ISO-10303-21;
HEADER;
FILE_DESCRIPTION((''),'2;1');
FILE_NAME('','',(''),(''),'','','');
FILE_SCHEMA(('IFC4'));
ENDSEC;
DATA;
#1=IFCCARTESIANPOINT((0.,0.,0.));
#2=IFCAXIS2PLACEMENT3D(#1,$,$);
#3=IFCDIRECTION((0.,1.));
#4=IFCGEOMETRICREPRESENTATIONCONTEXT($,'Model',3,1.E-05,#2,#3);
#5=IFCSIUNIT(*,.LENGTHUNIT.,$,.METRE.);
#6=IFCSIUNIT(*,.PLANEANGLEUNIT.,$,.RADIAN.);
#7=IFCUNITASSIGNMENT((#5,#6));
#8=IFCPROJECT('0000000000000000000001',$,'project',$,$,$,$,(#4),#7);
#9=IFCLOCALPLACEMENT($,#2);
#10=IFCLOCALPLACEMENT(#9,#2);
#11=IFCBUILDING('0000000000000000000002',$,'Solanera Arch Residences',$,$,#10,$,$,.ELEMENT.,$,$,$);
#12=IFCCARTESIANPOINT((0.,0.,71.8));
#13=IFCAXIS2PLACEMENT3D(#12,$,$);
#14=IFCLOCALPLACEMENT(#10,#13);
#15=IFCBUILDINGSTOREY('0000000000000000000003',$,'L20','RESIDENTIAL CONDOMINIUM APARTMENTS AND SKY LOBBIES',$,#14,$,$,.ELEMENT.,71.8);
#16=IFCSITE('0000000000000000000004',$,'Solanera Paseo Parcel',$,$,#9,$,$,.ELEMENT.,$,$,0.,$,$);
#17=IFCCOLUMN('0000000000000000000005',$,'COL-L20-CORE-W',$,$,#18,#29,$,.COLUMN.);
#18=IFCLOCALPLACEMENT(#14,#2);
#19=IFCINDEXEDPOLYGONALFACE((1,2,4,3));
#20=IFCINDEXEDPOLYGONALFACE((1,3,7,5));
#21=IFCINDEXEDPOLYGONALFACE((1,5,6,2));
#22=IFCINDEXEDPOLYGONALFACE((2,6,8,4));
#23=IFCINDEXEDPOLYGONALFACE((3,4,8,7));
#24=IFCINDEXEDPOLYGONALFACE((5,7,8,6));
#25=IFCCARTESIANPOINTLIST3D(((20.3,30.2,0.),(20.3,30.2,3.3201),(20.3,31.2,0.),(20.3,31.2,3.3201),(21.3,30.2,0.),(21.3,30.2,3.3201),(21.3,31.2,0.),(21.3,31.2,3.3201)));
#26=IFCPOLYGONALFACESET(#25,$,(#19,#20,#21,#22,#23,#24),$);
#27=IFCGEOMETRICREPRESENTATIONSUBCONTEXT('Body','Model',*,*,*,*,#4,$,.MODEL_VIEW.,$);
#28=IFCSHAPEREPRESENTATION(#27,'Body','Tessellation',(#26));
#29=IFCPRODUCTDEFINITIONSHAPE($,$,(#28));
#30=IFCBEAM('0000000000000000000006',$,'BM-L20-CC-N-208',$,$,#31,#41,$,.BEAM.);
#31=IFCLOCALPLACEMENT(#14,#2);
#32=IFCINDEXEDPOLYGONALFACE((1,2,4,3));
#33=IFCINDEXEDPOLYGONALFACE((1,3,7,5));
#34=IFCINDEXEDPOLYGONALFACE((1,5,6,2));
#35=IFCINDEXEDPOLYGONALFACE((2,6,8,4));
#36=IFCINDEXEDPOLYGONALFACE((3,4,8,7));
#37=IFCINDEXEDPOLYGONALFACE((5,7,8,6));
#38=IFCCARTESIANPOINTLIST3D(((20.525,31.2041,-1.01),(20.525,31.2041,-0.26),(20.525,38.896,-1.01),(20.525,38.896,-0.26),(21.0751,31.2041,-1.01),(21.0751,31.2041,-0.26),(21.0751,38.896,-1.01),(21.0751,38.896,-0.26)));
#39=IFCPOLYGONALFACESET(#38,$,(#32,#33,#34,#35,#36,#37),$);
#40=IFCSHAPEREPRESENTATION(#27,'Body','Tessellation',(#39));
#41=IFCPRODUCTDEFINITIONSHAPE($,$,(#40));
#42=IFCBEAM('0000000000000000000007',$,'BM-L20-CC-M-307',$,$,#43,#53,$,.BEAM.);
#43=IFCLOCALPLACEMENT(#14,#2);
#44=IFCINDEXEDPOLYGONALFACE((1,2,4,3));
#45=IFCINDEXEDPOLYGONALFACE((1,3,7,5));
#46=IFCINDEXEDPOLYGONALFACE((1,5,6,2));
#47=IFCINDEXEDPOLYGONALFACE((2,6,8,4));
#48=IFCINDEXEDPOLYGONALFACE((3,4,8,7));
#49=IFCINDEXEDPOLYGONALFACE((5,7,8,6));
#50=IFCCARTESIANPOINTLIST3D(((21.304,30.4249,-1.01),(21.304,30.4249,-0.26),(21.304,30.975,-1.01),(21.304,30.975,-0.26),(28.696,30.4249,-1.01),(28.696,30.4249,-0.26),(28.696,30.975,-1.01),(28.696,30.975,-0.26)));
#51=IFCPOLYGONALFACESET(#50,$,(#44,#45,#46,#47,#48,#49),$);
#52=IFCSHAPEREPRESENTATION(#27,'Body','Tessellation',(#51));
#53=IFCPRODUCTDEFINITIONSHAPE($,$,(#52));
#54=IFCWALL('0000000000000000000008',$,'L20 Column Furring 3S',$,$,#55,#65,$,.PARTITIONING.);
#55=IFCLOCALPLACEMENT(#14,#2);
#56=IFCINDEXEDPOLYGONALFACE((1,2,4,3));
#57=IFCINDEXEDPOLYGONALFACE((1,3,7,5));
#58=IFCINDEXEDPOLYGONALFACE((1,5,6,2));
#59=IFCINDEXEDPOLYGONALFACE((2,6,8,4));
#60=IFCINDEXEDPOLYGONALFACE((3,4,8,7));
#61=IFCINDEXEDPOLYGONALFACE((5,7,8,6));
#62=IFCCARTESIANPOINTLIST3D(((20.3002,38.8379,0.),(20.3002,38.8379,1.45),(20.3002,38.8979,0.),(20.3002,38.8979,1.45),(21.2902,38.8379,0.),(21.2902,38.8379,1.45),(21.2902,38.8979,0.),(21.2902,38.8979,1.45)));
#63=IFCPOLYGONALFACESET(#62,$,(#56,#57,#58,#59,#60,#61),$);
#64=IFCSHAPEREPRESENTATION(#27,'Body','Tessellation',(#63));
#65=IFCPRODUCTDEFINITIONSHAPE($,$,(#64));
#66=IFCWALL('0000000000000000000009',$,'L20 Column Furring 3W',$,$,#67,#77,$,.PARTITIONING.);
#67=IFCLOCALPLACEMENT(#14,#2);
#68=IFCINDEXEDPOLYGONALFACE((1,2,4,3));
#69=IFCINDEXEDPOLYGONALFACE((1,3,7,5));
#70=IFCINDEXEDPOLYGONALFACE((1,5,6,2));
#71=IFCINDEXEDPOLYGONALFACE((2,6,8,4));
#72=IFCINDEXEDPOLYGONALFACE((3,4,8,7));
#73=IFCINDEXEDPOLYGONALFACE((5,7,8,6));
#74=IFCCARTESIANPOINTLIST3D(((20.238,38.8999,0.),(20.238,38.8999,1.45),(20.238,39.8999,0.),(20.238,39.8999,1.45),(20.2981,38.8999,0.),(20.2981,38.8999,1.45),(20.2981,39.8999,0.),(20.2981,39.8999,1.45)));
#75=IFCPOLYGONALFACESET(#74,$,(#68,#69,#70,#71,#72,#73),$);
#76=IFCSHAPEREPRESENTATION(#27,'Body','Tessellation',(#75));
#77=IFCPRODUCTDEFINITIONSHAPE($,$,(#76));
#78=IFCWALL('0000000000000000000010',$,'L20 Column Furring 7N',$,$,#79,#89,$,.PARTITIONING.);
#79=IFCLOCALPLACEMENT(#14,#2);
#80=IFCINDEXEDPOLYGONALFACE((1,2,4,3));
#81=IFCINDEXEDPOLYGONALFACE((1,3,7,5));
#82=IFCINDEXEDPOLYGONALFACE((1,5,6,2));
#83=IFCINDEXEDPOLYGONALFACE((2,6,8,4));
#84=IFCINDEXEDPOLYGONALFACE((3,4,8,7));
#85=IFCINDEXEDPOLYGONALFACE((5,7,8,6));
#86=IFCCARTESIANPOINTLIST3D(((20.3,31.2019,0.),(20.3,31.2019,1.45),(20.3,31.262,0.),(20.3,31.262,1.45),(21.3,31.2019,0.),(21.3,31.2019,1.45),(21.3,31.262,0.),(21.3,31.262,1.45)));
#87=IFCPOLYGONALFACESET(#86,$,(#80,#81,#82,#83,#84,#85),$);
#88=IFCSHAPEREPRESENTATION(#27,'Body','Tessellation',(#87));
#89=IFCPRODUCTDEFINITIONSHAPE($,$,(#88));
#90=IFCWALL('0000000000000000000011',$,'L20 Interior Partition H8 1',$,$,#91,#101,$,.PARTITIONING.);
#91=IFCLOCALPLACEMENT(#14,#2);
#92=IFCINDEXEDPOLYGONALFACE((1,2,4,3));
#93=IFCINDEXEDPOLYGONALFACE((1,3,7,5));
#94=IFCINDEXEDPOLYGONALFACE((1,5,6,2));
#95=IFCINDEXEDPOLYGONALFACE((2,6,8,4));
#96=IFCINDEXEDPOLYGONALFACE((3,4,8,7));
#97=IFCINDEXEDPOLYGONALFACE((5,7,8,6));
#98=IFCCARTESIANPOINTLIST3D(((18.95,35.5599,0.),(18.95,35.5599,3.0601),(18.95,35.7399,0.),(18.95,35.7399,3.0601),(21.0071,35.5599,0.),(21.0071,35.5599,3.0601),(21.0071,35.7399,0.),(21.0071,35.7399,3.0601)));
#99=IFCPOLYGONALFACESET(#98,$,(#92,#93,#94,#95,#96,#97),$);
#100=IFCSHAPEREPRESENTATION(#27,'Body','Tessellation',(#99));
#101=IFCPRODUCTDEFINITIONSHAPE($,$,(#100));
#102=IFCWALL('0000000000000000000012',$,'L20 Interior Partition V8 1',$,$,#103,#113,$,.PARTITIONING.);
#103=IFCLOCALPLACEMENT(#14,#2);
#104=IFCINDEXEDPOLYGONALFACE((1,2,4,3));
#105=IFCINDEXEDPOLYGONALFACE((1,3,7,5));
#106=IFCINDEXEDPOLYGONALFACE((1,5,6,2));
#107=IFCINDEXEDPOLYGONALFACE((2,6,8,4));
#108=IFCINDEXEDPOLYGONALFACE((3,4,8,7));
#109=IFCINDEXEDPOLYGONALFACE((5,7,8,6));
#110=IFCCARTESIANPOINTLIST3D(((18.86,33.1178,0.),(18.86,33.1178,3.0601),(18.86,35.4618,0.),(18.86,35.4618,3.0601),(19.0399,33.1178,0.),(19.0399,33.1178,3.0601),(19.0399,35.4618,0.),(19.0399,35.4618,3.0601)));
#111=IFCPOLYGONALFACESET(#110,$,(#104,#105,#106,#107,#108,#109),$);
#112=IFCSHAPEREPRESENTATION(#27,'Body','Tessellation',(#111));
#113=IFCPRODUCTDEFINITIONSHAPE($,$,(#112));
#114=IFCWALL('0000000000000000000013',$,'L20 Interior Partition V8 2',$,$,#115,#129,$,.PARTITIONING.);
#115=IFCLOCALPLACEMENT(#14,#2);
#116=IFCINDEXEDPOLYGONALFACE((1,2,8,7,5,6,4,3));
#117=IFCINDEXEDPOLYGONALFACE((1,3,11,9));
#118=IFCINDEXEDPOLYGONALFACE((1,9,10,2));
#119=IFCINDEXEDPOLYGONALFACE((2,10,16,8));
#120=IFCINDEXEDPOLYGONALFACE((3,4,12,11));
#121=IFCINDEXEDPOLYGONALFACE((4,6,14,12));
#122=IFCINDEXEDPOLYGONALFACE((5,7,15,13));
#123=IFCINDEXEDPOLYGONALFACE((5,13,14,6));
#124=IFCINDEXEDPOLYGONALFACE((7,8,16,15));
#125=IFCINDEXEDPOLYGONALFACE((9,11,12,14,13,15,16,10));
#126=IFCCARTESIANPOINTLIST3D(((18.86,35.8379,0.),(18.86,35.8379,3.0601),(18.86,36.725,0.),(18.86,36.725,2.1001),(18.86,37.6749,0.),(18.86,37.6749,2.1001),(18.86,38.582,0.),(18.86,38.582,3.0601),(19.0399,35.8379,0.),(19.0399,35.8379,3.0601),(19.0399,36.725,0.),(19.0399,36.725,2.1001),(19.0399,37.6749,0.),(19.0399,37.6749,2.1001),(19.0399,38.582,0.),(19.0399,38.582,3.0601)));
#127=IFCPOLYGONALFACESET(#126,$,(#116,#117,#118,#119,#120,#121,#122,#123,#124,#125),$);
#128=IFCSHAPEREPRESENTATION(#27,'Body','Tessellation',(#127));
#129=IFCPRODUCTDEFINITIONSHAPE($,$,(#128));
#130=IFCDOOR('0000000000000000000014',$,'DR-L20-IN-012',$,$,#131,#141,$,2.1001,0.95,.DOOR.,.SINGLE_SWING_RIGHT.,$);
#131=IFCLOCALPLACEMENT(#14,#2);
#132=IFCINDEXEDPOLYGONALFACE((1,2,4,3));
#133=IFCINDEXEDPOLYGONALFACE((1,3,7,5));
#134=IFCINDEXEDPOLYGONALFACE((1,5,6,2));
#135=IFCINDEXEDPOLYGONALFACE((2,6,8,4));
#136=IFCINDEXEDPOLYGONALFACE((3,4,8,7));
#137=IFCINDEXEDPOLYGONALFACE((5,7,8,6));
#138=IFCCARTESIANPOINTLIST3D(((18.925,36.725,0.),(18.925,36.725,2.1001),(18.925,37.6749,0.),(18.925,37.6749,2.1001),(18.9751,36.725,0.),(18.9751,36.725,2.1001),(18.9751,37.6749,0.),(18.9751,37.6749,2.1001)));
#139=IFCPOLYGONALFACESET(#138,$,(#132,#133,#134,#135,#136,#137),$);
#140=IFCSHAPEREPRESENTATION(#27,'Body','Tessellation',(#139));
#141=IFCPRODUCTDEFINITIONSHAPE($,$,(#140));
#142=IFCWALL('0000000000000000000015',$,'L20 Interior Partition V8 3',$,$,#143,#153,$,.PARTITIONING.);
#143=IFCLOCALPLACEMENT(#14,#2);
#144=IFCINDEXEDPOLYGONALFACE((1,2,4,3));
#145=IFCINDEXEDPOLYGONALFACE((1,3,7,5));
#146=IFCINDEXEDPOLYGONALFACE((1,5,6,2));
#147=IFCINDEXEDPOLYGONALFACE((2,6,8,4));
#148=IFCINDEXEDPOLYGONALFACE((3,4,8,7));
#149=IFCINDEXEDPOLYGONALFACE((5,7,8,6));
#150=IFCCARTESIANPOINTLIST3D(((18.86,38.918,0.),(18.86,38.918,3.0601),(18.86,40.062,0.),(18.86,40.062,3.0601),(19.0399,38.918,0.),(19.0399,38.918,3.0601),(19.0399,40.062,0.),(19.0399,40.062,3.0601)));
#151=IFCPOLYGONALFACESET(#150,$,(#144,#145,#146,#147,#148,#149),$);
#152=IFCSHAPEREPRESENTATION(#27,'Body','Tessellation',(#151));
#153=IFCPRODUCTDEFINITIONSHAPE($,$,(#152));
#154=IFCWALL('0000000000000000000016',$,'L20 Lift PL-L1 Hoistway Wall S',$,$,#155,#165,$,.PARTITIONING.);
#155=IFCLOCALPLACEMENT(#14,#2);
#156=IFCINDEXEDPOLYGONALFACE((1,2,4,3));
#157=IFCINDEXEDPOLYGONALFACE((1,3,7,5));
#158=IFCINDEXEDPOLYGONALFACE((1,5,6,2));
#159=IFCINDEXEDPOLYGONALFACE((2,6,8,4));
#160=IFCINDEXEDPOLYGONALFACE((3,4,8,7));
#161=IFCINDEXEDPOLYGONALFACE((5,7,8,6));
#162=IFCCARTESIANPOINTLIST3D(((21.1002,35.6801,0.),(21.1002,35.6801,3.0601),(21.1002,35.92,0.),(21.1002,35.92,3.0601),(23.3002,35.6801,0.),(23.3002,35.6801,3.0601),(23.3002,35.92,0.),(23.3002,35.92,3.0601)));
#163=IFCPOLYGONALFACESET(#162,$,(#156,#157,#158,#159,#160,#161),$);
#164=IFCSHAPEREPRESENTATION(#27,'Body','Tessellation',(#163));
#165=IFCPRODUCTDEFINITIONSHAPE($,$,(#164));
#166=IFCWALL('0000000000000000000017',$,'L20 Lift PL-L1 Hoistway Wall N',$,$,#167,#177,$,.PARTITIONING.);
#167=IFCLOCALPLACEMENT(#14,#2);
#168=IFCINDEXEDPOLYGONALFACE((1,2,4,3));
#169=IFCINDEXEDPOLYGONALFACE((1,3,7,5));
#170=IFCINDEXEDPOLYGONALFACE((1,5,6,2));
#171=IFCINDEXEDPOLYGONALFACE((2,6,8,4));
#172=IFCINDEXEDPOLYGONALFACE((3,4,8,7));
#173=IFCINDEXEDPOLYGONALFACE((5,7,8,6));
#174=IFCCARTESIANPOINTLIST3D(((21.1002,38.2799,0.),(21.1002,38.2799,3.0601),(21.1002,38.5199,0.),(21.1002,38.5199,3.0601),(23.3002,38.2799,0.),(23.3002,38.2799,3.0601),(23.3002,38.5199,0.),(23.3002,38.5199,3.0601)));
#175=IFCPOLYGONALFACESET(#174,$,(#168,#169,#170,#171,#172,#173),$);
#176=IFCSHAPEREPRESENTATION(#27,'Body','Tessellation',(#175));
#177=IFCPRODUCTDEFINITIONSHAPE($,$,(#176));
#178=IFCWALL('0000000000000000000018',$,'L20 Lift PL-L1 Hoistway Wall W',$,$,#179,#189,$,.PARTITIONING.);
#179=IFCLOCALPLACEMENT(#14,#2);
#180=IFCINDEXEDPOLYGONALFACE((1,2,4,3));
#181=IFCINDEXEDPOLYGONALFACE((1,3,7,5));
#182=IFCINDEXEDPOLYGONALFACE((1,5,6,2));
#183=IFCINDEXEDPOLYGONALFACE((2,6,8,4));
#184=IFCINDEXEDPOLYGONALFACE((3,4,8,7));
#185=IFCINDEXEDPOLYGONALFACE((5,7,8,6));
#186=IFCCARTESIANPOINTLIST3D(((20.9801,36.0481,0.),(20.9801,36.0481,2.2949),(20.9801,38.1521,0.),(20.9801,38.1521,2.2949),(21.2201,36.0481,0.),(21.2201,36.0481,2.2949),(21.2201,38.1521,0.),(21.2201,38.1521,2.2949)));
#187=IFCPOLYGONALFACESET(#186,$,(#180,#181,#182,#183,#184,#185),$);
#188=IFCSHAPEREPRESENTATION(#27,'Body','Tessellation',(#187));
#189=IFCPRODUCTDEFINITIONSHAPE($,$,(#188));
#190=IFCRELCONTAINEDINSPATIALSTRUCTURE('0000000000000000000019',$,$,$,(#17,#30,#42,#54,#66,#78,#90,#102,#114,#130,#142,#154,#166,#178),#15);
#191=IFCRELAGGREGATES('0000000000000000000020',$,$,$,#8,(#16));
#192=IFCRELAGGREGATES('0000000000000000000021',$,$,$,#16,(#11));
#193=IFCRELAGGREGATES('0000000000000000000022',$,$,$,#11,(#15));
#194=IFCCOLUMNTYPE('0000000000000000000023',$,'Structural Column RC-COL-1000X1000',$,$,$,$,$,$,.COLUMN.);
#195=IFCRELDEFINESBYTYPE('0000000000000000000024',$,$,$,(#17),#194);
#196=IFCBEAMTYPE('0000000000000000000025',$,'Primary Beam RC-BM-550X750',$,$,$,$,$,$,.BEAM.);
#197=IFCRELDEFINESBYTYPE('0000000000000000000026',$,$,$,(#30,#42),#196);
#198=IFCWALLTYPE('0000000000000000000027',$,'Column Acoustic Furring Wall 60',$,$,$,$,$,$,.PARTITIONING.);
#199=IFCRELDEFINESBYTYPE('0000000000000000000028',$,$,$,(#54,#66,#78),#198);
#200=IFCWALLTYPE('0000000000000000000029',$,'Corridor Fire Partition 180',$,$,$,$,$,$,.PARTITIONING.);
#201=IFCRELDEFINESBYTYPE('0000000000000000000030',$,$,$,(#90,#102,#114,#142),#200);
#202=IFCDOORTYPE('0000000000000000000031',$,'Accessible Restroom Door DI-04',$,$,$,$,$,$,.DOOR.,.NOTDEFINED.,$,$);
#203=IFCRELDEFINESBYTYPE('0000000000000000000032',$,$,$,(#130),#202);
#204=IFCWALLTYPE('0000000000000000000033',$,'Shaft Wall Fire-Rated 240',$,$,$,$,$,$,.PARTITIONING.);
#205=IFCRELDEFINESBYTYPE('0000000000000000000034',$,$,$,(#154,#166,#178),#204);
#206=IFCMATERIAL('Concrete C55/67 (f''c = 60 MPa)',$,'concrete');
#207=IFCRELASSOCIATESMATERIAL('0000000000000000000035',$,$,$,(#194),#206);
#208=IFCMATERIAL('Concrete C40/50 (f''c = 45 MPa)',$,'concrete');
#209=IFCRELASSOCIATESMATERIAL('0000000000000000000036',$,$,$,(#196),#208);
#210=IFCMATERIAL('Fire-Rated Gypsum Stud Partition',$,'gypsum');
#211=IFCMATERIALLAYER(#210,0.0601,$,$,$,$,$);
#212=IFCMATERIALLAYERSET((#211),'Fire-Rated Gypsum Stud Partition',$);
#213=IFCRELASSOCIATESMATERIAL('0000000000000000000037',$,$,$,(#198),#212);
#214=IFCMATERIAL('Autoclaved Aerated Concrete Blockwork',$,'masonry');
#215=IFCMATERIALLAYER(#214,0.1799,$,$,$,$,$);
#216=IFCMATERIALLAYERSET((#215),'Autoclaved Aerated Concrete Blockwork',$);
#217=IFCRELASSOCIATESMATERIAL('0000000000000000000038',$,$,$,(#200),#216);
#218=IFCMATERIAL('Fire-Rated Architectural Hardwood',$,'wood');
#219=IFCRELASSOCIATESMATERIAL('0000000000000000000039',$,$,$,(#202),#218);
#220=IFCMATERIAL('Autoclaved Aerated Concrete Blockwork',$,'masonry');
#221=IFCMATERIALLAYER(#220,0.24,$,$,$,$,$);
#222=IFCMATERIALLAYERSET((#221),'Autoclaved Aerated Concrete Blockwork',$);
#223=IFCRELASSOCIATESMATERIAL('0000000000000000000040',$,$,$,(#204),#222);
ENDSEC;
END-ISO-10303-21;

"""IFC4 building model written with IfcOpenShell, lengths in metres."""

from ifc_helpers import new_model, si_unit, direction, frame, frame_2d, origin, origin_2d, place, context, subcontext, project, spatial, rectangle, extrude, material, layer, layer_set, material_profile, profile_set, type_object, element, fill, save


model = new_model("IFC4")

# Units and contexts
model_context = context("Model", 3, precision=1e-05, world=origin(), true_north=direction((0.0, 1.0)))
body_context = subcontext(model_context, "Body", "Model", "MODEL_VIEW")
ifc_project = project(units=[si_unit("LENGTHUNIT", "METRE"), si_unit("PLANEANGLEUNIT", "RADIAN")], contexts=[model_context])

# Site, building, storey
site_placement = place(None, origin())
site = spatial("IfcSite", under=ifc_project, at=site_placement, Name="Solanera Paseo Parcel", CompositionType="ELEMENT", RefElevation=0.0)
building_placement = place(site_placement, origin())
building = spatial("IfcBuilding", under=site, at=building_placement, Name="Solanera Arch Residences", CompositionType="ELEMENT")
storey_placement = place(building_placement, frame((0.0, 0.0, 71.8)))
storey = spatial("IfcBuildingStorey", under=building, at=storey_placement, Name="L20", Description="RESIDENTIAL CONDOMINIUM APARTMENTS AND SKY LOBBIES", CompositionType="ELEMENT", Elevation=71.8)

# Column
ifc_material_1 = material(Name="Concrete C55/67 (f'c = 60 MPa)", Category="concrete")
ifc_material_profile_1 = material_profile(ifc_material_1, rectangle(XDim=1.0, YDim=1.0, at=origin_2d()))
ifc_profile_set_1 = profile_set([ifc_material_profile_1], Name="Concrete C55/67 (f'c = 60 MPa)")
column_type = type_object("IfcColumnType", Name="Structural Column RC-COL-1000X1000", PredefinedType="COLUMN", material=ifc_profile_set_1)
column_placement = place(storey_placement, frame((20.8, 30.7, 0.0), z_axis=(0.0, 0.0, 1.0), x_axis=(1.0, 0.0, 0.0)))
element("IfcColumn", 1, at=column_placement, inside=storey, type_object=column_type, Name="COL-L20-CORE-W", PredefinedType="COLUMN", context=body_context, shape_type="SweptSolid", body=[
    extrude(rectangle(XDim=1.0, YDim=1.0, at=origin_2d()), origin(), (0.0, 0.0, 1.0), 3.3201),
])

# Beams
ifc_material_2 = material(Name="Concrete C40/50 (f'c = 45 MPa)", Category="concrete")
ifc_material_profile_2 = material_profile(ifc_material_2, rectangle(XDim=0.55, YDim=0.75, at=origin_2d()))
ifc_profile_set_2 = profile_set([ifc_material_profile_2], Name="Concrete C40/50 (f'c = 45 MPa)")
beam_type = type_object("IfcBeamType", Name="Primary Beam RC-BM-550X750", PredefinedType="BEAM", material=ifc_profile_set_2)
beam_1_placement = place(storey_placement, frame((20.8, 31.2041, -0.635), z_axis=(0.0, 1.0, 0.0), x_axis=(-1.0, 0.0, 0.0)))
element("IfcBeam", 2, at=beam_1_placement, inside=storey, type_object=beam_type, Name="BM-L20-CC-N-208", PredefinedType="BEAM", context=body_context, shape_type="SweptSolid", body=[
    extrude(rectangle(XDim=0.55, YDim=0.75, at=origin_2d()), origin(), (0.0, 0.0, 1.0), 7.6919),
])
beam_2_placement = place(storey_placement, frame((21.304, 30.7, -0.635), z_axis=(1.0, 0.0, 0.0), x_axis=(0.0, 1.0, 0.0)))
element("IfcBeam", 3, at=beam_2_placement, inside=storey, type_object=beam_type, Name="BM-L20-CC-M-307", PredefinedType="BEAM", context=body_context, shape_type="SweptSolid", body=[
    extrude(rectangle(XDim=0.55, YDim=0.75, at=origin_2d()), origin(), (0.0, 0.0, 1.0), 7.3921),
])

# Walls
ifc_material_3 = material(Name="Fire-Rated Gypsum Stud Partition", Category="gypsum")
ifc_layer_1 = layer(ifc_material_3, 0.0601)
ifc_layer_set_1 = layer_set([ifc_layer_1], Name="Fire-Rated Gypsum Stud Partition")
wall_type_1 = type_object("IfcWallType", Name="Column Acoustic Furring Wall 60", PredefinedType="PARTITIONING", material=ifc_layer_set_1)
wall_1_placement = place(storey_placement, frame((20.3, 38.8679, 0.0), z_axis=(0.0, 0.0, 1.0), x_axis=(1.0, 0.0, 0.0)))
element("IfcWall", 4, at=wall_1_placement, inside=storey, type_object=wall_type_1, Name="L20 Column Furring 3S", PredefinedType="PARTITIONING", context=body_context, shape_type="SweptSolid", body=[
    extrude(rectangle(XDim=0.99, YDim=0.0601, at=frame_2d((0.4951, 0.0))), origin(), (0.0, 0.0, 1.0), 1.45),
])
for number, where, z_axis, x_axis, name in (
    (5, (20.2681, 38.8999, 0.0), (0.0, 0.0, 1.0), (0.0, 1.0, 0.0), "L20 Column Furring 3W"),
    (6, (20.3, 31.2319, 0.0), (0.0, 0.0, 1.0), (1.0, 0.0, 0.0), "L20 Column Furring 7N"),
):
    element("IfcWall", number, at=place(storey_placement, frame(where, z_axis=z_axis, x_axis=x_axis)), inside=storey, type_object=wall_type_1, Name=name, PredefinedType="PARTITIONING", context=body_context, shape_type="SweptSolid", body=[
        extrude(rectangle(XDim=1.0, YDim=0.0601, at=frame_2d((0.5, 0.0))), origin(), (0.0, 0.0, 1.0), 1.45),
    ])

# Walls
ifc_material_4 = material(Name="Autoclaved Aerated Concrete Blockwork", Category="masonry")
ifc_layer_2 = layer(ifc_material_4, 0.1799)
ifc_layer_set_2 = layer_set([ifc_layer_2], Name="Autoclaved Aerated Concrete Blockwork")
wall_type_2 = type_object("IfcWallType", Name="Corridor Fire Partition 180", PredefinedType="PARTITIONING", material=ifc_layer_set_2)
wall_2_placement = place(storey_placement, frame((18.95, 35.6499, 0.0), z_axis=(0.0, 0.0, 1.0), x_axis=(1.0, 0.0, 0.0)))
element("IfcWall", 7, at=wall_2_placement, inside=storey, type_object=wall_type_2, Name="L20 Interior Partition H8 1", PredefinedType="PARTITIONING", context=body_context, shape_type="SweptSolid", body=[
    extrude(rectangle(XDim=2.0571, YDim=0.1799, at=frame_2d((1.0286, 0.0))), origin(), (0.0, 0.0, 1.0), 3.0601),
])
wall_3_placement = place(storey_placement, frame((18.95, 33.1179, 0.0), z_axis=(0.0, 0.0, 1.0), x_axis=(0.0, 1.0, 0.0)))
element("IfcWall", 8, at=wall_3_placement, inside=storey, type_object=wall_type_2, Name="L20 Interior Partition V8 1", PredefinedType="PARTITIONING", context=body_context, shape_type="SweptSolid", body=[
    extrude(rectangle(XDim=2.344, YDim=0.1799, at=frame_2d((1.1719, 0.0))), origin(), (0.0, 0.0, 1.0), 3.0601),
])

# Wall, opening, door
wall_4_placement = place(storey_placement, frame((18.95, 35.8379, 0.0), z_axis=(0.0, 0.0, 1.0), x_axis=(0.0, 1.0, 0.0)))
wall_4 = element("IfcWall", 9, at=wall_4_placement, inside=storey, type_object=wall_type_2, Name="L20 Interior Partition V8 2", PredefinedType="PARTITIONING", context=body_context, shape_type="SweptSolid", body=[
    extrude(rectangle(XDim=2.7441, YDim=0.1799, at=frame_2d((1.3721, 0.0))), origin(), (0.0, 0.0, 1.0), 3.0601),
])
opening_1_placement = place(wall_4_placement, frame((0.887, 0.0, 0.0)))
opening_1 = element("IfcOpeningElement", 10, at=opening_1_placement, cuts=wall_4, PredefinedType="OPENING", context=body_context, shape_type="SweptSolid", body=[
    extrude(rectangle(XDim=0.95, YDim=2.1001, at=frame_2d((0.4751, 1.05))), frame((0.0, 0.1001, 0.0), z_axis=(0.0, -1.0, 0.0), x_axis=(1.0, 0.0, 0.0)), (0.0, 0.0, 1.0), 0.1999),
])
ifc_material_5 = material(Name="Fire-Rated Architectural Hardwood", Category="wood")
door_type_1 = type_object("IfcDoorType", Name="Accessible Restroom Door DI-04", OperationType="NOTDEFINED", PredefinedType="DOOR", material=ifc_material_5)
door_1_placement = place(opening_1_placement, origin())
door_1 = element("IfcDoor", 11, at=door_1_placement, inside=storey, type_object=door_type_1, Name="DR-L20-IN-012", OperationType="SINGLE_SWING_RIGHT", OverallHeight=2.1001, OverallWidth=0.95, PredefinedType="DOOR", context=body_context, shape_type="SweptSolid", body=[
    extrude(rectangle(XDim=0.95, YDim=2.1001, at=frame_2d((0.4751, 1.05))), frame((0.0, 0.0249, 0.0), z_axis=(0.0, -1.0, 0.0), x_axis=(1.0, 0.0, 0.0)), (0.0, 0.0, 1.0), 0.05),
])
fill(opening_1, door_1)

# Walls
wall_5_placement = place(storey_placement, frame((18.95, 38.918, 0.0), z_axis=(0.0, 0.0, 1.0), x_axis=(0.0, 1.0, 0.0)))
element("IfcWall", 12, at=wall_5_placement, inside=storey, type_object=wall_type_2, Name="L20 Interior Partition V8 3", PredefinedType="PARTITIONING", context=body_context, shape_type="SweptSolid", body=[
    extrude(rectangle(XDim=1.144, YDim=0.1799, at=frame_2d((0.572, 0.0))), origin(), (0.0, 0.0, 1.0), 3.0601),
])
ifc_material_6 = material(Name="Autoclaved Aerated Concrete Blockwork", Category="masonry")
ifc_layer_3 = layer(ifc_material_6, 0.24)
ifc_layer_set_3 = layer_set([ifc_layer_3], Name="Autoclaved Aerated Concrete Blockwork")
wall_type_3 = type_object("IfcWallType", Name="Shaft Wall Fire-Rated 240", PredefinedType="PARTITIONING", material=ifc_layer_set_3)
for number, where, z_axis, x_axis, name in (
    (13, (21.1001, 35.8, 0.0), (0.0, 0.0, 1.0), (1.0, 0.0, 0.0), "L20 Lift PL-L1 Hoistway Wall S"),
    (14, (21.1001, 38.3999, 0.0), (0.0, 0.0, 1.0), (1.0, 0.0, 0.0), "L20 Lift PL-L1 Hoistway Wall N"),
):
    element("IfcWall", number, at=place(storey_placement, frame(where, z_axis=z_axis, x_axis=x_axis)), inside=storey, type_object=wall_type_3, Name=name, PredefinedType="PARTITIONING", context=body_context, shape_type="SweptSolid", body=[
        extrude(rectangle(XDim=2.2, YDim=0.24, at=frame_2d((1.1001, 0.0))), origin(), (0.0, 0.0, 1.0), 3.0601),
    ])
wall_6_placement = place(storey_placement, frame((21.1001, 36.0481, 0.0), z_axis=(0.0, 0.0, 1.0), x_axis=(0.0, 1.0, 0.0)))
element("IfcWall", 15, at=wall_6_placement, inside=storey, type_object=wall_type_3, Name="L20 Lift PL-L1 Hoistway Wall W", PredefinedType="PARTITIONING", context=body_context, shape_type="SweptSolid", body=[
    extrude(rectangle(XDim=2.104, YDim=0.24, at=frame_2d((1.052, 0.0))), origin(), (0.0, 0.0, 1.0), 2.2949),
])

save(model, "model.ifc")
